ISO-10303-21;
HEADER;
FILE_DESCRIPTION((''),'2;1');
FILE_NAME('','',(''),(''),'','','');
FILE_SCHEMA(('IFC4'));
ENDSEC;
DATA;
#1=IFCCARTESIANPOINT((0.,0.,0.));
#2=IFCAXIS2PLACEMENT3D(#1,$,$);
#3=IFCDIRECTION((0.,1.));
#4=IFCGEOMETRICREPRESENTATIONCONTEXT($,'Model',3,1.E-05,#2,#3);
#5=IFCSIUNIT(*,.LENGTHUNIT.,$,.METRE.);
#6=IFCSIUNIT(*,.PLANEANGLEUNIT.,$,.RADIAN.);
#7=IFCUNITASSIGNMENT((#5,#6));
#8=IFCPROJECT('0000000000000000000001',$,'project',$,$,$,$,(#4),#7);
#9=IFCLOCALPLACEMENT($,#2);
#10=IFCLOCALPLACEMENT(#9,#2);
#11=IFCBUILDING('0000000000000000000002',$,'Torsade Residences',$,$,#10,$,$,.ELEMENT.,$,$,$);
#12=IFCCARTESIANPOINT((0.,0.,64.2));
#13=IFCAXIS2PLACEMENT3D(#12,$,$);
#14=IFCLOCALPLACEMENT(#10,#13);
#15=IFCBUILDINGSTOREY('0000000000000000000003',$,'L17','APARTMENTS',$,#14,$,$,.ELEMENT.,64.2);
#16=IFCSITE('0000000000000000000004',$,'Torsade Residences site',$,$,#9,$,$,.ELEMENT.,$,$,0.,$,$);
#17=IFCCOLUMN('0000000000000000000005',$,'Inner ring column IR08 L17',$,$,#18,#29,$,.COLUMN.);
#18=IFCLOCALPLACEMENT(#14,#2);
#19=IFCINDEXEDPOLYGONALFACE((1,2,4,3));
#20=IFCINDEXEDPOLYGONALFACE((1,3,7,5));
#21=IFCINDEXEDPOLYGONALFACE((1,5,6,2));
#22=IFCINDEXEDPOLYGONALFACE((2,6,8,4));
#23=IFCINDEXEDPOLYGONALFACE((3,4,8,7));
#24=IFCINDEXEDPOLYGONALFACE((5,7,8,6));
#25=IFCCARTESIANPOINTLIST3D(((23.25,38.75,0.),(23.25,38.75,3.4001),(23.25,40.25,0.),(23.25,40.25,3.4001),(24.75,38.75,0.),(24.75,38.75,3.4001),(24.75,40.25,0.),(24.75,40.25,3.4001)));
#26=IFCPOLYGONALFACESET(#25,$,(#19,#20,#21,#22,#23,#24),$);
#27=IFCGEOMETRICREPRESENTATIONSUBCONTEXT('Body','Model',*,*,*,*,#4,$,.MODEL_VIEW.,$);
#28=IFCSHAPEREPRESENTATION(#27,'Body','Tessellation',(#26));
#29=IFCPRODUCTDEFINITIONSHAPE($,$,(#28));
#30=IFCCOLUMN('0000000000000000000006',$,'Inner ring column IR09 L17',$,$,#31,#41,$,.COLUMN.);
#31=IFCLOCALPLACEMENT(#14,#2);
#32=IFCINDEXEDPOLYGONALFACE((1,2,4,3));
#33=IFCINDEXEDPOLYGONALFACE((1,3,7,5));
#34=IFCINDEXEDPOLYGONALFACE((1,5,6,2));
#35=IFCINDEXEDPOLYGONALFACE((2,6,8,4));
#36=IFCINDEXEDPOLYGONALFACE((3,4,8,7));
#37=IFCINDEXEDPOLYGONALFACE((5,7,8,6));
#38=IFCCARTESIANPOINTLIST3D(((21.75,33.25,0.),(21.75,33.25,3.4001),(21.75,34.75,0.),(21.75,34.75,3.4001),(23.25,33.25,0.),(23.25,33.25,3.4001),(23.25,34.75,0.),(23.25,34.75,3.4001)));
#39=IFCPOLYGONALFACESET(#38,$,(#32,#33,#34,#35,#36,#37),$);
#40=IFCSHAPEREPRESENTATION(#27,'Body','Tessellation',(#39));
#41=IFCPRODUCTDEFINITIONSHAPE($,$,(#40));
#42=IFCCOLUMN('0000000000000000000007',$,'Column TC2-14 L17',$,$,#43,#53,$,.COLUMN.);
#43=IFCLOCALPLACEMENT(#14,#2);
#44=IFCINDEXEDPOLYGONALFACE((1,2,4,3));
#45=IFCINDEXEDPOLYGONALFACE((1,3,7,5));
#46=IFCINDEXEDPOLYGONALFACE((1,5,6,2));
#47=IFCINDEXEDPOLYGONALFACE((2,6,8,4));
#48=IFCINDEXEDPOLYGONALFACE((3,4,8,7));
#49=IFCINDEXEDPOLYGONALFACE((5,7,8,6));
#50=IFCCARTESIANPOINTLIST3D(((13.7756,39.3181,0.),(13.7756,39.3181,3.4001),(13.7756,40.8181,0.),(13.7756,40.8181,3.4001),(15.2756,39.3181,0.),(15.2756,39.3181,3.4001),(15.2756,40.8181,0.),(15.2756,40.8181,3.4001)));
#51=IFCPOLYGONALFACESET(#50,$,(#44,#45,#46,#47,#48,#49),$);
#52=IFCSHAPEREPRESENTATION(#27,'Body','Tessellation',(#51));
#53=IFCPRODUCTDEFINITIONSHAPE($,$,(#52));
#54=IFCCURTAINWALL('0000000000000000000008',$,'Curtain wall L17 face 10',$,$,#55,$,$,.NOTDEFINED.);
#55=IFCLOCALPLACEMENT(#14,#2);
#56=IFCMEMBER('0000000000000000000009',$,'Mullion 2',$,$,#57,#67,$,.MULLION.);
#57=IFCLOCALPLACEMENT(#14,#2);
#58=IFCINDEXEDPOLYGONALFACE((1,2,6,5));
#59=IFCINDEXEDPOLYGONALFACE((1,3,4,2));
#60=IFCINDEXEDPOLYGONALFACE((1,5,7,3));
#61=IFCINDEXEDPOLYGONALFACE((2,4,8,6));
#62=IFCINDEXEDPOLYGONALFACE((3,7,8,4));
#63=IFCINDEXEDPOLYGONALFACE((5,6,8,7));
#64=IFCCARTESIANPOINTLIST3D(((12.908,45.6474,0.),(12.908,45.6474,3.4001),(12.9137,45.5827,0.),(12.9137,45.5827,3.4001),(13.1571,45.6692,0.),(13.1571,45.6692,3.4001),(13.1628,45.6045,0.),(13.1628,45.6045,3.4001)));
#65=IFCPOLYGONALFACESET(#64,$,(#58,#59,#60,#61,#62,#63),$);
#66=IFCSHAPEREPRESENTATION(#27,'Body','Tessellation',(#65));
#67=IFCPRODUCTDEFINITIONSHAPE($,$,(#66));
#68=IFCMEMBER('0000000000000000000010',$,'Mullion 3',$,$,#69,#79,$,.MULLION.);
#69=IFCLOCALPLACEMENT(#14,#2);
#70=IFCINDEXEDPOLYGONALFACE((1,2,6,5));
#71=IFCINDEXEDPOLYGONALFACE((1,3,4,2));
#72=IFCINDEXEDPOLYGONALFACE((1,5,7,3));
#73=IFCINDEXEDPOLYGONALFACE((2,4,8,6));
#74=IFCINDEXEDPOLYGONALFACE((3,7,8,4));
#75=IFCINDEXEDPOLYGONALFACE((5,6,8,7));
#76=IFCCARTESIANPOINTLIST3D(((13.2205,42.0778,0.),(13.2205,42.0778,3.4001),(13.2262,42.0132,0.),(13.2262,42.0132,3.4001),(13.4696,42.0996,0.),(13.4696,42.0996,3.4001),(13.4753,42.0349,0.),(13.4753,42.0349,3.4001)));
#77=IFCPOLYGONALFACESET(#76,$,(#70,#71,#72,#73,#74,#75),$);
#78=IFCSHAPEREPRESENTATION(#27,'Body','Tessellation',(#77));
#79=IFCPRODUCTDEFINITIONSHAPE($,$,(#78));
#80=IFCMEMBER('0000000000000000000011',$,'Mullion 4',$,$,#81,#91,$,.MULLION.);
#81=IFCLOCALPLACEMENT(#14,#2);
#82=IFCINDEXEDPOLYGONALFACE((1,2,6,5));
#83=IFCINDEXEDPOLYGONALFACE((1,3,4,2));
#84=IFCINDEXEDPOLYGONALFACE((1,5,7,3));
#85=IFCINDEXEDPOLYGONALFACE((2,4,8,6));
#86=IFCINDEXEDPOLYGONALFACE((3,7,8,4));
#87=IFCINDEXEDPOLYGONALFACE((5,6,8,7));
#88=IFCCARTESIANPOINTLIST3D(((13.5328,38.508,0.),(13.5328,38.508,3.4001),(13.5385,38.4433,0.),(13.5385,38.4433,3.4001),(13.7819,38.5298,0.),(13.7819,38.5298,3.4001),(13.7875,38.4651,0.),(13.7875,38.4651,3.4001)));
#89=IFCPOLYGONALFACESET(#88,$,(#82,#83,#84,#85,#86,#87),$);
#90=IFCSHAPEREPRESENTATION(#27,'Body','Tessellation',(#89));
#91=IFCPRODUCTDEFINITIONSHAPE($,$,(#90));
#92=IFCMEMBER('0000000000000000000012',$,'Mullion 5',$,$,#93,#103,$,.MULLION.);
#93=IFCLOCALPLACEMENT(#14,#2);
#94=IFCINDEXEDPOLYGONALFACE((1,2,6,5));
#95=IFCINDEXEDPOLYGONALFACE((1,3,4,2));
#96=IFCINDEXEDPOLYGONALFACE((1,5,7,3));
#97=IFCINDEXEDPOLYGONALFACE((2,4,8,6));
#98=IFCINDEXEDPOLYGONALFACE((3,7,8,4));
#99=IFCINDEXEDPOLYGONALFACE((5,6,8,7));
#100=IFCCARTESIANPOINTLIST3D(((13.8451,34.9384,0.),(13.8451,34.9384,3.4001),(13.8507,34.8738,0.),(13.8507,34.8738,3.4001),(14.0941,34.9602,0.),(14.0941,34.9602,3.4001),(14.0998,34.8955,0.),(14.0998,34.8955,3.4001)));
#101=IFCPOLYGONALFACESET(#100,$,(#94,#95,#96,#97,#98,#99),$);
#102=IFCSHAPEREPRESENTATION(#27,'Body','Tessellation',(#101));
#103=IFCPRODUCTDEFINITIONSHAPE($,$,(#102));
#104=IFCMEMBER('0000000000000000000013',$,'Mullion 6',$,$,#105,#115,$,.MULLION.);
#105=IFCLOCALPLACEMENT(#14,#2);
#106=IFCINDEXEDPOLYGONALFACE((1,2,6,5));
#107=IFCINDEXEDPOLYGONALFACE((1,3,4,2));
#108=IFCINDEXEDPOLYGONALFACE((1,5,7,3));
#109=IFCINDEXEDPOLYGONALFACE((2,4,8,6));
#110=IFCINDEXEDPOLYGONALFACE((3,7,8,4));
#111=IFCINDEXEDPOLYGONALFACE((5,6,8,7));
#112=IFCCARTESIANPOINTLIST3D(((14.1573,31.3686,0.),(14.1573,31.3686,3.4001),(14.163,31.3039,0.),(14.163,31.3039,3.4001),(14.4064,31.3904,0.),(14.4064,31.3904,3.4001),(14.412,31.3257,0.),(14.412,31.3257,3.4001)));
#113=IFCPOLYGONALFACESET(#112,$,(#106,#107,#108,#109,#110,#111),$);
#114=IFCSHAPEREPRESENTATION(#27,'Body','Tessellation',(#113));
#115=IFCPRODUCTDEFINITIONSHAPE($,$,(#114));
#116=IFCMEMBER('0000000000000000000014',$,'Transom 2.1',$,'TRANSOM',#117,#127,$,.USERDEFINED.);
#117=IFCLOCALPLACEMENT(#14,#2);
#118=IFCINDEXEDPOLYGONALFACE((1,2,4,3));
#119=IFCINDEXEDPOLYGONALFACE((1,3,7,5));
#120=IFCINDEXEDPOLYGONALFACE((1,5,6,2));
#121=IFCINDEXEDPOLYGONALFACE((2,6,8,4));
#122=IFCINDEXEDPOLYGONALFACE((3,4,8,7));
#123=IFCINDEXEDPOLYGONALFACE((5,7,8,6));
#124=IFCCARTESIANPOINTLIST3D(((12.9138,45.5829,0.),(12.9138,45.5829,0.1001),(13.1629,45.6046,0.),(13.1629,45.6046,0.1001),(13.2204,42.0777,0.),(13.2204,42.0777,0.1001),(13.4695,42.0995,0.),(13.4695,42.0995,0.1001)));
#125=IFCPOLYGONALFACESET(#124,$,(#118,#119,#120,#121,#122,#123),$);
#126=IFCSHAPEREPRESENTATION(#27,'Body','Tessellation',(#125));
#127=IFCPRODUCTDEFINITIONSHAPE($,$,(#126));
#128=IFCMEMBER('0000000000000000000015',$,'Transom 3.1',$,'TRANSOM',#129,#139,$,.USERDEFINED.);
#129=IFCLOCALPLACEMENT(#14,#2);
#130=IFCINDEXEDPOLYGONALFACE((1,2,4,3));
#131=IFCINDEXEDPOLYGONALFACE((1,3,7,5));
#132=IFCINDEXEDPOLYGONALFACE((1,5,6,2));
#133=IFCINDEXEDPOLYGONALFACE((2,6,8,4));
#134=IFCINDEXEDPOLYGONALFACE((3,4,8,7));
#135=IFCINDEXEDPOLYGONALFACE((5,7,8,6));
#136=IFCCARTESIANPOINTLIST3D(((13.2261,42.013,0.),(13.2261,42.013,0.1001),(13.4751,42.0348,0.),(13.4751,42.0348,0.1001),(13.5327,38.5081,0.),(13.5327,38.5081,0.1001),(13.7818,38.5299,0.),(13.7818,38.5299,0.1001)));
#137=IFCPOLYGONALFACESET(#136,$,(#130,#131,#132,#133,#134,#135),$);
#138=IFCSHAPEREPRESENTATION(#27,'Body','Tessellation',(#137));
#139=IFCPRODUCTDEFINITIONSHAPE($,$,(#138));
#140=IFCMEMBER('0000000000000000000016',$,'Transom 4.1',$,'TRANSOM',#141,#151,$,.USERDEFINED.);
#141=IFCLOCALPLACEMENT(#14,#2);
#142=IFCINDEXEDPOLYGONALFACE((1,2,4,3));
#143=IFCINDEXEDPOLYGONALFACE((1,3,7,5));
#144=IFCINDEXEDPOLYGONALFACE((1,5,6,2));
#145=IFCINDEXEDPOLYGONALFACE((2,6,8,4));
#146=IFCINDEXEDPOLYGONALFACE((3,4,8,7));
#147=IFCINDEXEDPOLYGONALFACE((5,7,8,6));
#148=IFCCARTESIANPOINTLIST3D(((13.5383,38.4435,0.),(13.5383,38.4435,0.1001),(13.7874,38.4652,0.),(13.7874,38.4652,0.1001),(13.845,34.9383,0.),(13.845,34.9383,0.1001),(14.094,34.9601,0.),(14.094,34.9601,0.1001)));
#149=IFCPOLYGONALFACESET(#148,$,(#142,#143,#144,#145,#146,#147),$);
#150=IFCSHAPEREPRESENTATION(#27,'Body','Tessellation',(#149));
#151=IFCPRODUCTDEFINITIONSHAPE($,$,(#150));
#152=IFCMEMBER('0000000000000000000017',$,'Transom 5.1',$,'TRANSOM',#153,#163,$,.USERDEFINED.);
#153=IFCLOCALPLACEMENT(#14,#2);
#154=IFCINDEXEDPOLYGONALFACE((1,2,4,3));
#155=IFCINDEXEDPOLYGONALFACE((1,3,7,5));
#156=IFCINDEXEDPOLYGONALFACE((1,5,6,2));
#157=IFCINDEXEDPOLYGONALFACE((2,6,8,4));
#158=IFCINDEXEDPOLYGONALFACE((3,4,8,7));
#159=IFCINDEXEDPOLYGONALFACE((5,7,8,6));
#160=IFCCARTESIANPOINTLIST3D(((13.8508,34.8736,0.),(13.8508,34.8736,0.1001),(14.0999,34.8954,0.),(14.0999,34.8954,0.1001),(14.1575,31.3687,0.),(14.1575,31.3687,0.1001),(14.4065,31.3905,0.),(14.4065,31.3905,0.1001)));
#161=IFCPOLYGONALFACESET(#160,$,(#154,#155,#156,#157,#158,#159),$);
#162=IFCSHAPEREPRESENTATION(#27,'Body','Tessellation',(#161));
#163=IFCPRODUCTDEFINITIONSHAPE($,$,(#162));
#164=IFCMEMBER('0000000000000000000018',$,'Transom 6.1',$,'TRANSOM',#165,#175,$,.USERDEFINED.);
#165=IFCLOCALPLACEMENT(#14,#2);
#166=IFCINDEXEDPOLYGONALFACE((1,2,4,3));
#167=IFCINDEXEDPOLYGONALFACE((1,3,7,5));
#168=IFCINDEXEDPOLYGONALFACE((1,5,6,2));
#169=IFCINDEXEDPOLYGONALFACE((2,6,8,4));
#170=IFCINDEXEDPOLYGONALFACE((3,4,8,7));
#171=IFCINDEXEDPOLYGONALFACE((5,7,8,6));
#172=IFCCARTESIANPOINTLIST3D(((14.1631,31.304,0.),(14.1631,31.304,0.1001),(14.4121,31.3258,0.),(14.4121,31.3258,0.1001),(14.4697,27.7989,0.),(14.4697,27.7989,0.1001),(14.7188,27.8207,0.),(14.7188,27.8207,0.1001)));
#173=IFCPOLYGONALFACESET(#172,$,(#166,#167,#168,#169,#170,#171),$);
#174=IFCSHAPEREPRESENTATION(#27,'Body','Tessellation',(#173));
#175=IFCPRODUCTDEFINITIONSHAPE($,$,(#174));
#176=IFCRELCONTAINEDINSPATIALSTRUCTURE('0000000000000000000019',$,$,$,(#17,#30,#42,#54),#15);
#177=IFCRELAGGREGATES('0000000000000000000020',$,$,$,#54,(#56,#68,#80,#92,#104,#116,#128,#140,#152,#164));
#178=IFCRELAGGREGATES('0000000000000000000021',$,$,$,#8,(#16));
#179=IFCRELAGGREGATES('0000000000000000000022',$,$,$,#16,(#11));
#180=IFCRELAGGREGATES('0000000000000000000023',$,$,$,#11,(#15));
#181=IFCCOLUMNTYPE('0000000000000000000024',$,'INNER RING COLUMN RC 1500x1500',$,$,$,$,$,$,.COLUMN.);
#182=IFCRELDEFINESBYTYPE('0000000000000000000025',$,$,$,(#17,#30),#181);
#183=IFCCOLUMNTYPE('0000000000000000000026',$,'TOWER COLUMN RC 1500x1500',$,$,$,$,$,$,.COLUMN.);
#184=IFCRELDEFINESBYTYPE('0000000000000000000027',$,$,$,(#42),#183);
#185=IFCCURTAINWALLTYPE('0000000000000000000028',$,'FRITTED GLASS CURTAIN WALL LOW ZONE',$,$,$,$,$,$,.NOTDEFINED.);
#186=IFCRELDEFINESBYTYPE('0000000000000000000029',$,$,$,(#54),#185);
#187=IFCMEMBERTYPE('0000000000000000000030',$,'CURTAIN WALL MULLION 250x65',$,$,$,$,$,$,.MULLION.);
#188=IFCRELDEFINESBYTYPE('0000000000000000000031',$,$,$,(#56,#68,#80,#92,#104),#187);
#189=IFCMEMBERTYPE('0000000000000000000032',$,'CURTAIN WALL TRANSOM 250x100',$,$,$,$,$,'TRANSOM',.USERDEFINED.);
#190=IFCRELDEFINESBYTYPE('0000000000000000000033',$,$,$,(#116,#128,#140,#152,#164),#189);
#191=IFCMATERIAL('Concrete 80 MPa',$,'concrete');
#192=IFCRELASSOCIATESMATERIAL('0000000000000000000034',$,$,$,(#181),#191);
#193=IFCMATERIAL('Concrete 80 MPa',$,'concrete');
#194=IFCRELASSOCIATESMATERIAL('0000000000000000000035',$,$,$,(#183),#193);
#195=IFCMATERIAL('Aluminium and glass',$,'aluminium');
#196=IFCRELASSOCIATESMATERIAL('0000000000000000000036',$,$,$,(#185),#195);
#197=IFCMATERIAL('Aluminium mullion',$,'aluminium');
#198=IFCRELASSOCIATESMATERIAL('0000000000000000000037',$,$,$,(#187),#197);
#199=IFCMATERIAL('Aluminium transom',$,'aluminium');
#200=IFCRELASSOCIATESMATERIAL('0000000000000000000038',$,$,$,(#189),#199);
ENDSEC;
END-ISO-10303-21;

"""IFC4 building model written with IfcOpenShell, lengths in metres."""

from ifc_helpers import new_model, si_unit, direction, frame, origin, origin_2d, place, context, subcontext, project, spatial, rectangle, extrude, material, material_profile, profile_set, type_object, element, aggregate, save


model = new_model("IFC4")

# Units and contexts
model_context = context("Model", 3, precision=1e-05, world=origin(), true_north=direction((0.0, 1.0)))
body_context = subcontext(model_context, "Body", "Model", "MODEL_VIEW")
ifc_project = project(units=[si_unit("LENGTHUNIT", "METRE"), si_unit("PLANEANGLEUNIT", "RADIAN")], contexts=[model_context])

# Site, building, storey
site_placement = place(None, origin())
site = spatial("IfcSite", under=ifc_project, at=site_placement, Name="Torsade Residences site", CompositionType="ELEMENT", RefElevation=0.0)
building_placement = place(site_placement, origin())
building = spatial("IfcBuilding", under=site, at=building_placement, Name="Torsade Residences", CompositionType="ELEMENT")
storey_placement = place(building_placement, frame((0.0, 0.0, 64.2)))
storey = spatial("IfcBuildingStorey", under=building, at=storey_placement, Name="L17", Description="APARTMENTS", CompositionType="ELEMENT", Elevation=64.2)

# Columns
ifc_material_1 = material(Name="Concrete 80 MPa", Category="concrete")
ifc_material_profile_1 = material_profile(ifc_material_1, rectangle(XDim=1.5, YDim=1.5, at=origin_2d()), Name="RC 1500x1500")
ifc_profile_set_1 = profile_set([ifc_material_profile_1], Name="Concrete 80 MPa")
column_type_1 = type_object("IfcColumnType", Name="INNER RING COLUMN RC 1500x1500", PredefinedType="COLUMN", material=ifc_profile_set_1)
for number, where, z_axis, x_axis, name in (
    (1, (24.0, 39.5, 0.0), (0.0, 0.0, 1.0), (1.0, 0.0, 0.0), "Inner ring column IR08 L17"),
    (2, (22.5, 34.0, 0.0), (0.0, 0.0, 1.0), (1.0, 0.0, 0.0), "Inner ring column IR09 L17"),
):
    element("IfcColumn", number, at=place(storey_placement, frame(where, z_axis=z_axis, x_axis=x_axis)), inside=storey, type_object=column_type_1, Name=name, PredefinedType="COLUMN", context=body_context, shape_type="SweptSolid", body=[
        extrude(rectangle(XDim=1.5, YDim=1.5, at=origin_2d()), origin(), (0.0, 0.0, 1.0), 3.4001),
    ])
ifc_material_2 = material(Name="Concrete 80 MPa", Category="concrete")
ifc_material_profile_2 = material_profile(ifc_material_2, rectangle(XDim=1.5, YDim=1.5, at=origin_2d()), Name="RC 1500x1500")
ifc_profile_set_2 = profile_set([ifc_material_profile_2], Name="Concrete 80 MPa")
column_type_2 = type_object("IfcColumnType", Name="TOWER COLUMN RC 1500x1500", PredefinedType="COLUMN", material=ifc_profile_set_2)
column_placement = place(storey_placement, frame((14.5256, 40.0681, 0.0), z_axis=(0.0, 0.0, 1.0), x_axis=(1.0, 0.0, 0.0)))
element("IfcColumn", 3, at=column_placement, inside=storey, type_object=column_type_2, Name="Column TC2-14 L17", PredefinedType="COLUMN", context=body_context, shape_type="SweptSolid", body=[
    extrude(rectangle(XDim=1.5, YDim=1.5, at=origin_2d()), origin(), (0.0, 0.0, 1.0), 3.4001),
])

# Curtain wall, members
ifc_material_3 = material(Name="Aluminium and glass", Category="aluminium")
curtain_wall_type = type_object("IfcCurtainWallType", Name="FRITTED GLASS CURTAIN WALL LOW ZONE", PredefinedType="NOTDEFINED", material=ifc_material_3)
curtain_wall_placement = place(storey_placement, origin())
curtain_wall = element("IfcCurtainWall", 4, at=curtain_wall_placement, inside=storey, type_object=curtain_wall_type, Name="Curtain wall L17 face 10", PredefinedType="NOTDEFINED")
ifc_material_4 = material(Name="Aluminium mullion", Category="aluminium")
ifc_material_profile_3 = material_profile(ifc_material_4, rectangle(XDim=0.25, YDim=0.0649, at=origin_2d()), Name="CURTAIN WALL MULLION 250x65")
ifc_profile_set_3 = profile_set([ifc_material_profile_3], Name="Aluminium mullion")
member_type_1 = type_object("IfcMemberType", Name="CURTAIN WALL MULLION 250x65", PredefinedType="MULLION", material=ifc_profile_set_3)
member_1_placement = place(storey_placement, frame((13.0354, 45.626, 0.0), z_axis=(0.0, 0.0, 1.0), x_axis=(0.996195, 0.087156, 0.0)))
member_1 = element("IfcMember", 5, at=member_1_placement, type_object=member_type_1, Name="Mullion 2", PredefinedType="MULLION", context=body_context, shape_type="SweptSolid", body=[
    extrude(rectangle(XDim=0.25, YDim=0.0649, at=origin_2d()), origin(), (0.0, 0.0, 1.0), 3.4001),
])
member_2_placement = place(storey_placement, frame((13.3479, 42.0564, 0.0), z_axis=(0.0, 0.0, 1.0), x_axis=(0.996195, 0.087156, 0.0)))
member_2 = element("IfcMember", 6, at=member_2_placement, type_object=member_type_1, Name="Mullion 3", PredefinedType="MULLION", context=body_context, shape_type="SweptSolid", body=[
    extrude(rectangle(XDim=0.25, YDim=0.0649, at=origin_2d()), origin(), (0.0, 0.0, 1.0), 3.4001),
])
member_3_placement = place(storey_placement, frame((13.6602, 38.4866, 0.0), z_axis=(0.0, 0.0, 1.0), x_axis=(0.996195, 0.087156, 0.0)))
member_3 = element("IfcMember", 7, at=member_3_placement, type_object=member_type_1, Name="Mullion 4", PredefinedType="MULLION", context=body_context, shape_type="SweptSolid", body=[
    extrude(rectangle(XDim=0.25, YDim=0.0649, at=origin_2d()), origin(), (0.0, 0.0, 1.0), 3.4001),
])
member_4_placement = place(storey_placement, frame((13.9724, 34.917, 0.0), z_axis=(0.0, 0.0, 1.0), x_axis=(0.996195, 0.087156, 0.0)))
member_4 = element("IfcMember", 8, at=member_4_placement, type_object=member_type_1, Name="Mullion 5", PredefinedType="MULLION", context=body_context, shape_type="SweptSolid", body=[
    extrude(rectangle(XDim=0.25, YDim=0.0649, at=origin_2d()), origin(), (0.0, 0.0, 1.0), 3.4001),
])
member_5_placement = place(storey_placement, frame((14.2847, 31.3472, 0.0), z_axis=(0.0, 0.0, 1.0), x_axis=(0.996195, 0.087156, 0.0)))
member_5 = element("IfcMember", 9, at=member_5_placement, type_object=member_type_1, Name="Mullion 6", PredefinedType="MULLION", context=body_context, shape_type="SweptSolid", body=[
    extrude(rectangle(XDim=0.25, YDim=0.0649, at=origin_2d()), origin(), (0.0, 0.0, 1.0), 3.4001),
])
ifc_material_5 = material(Name="Aluminium transom", Category="aluminium")
ifc_material_profile_4 = material_profile(ifc_material_5, rectangle(XDim=0.25, YDim=0.1001, at=origin_2d()), Name="CURTAIN WALL TRANSOM 250x100")
ifc_profile_set_4 = profile_set([ifc_material_profile_4], Name="Aluminium transom")
member_type_2 = type_object("IfcMemberType", Name="CURTAIN WALL TRANSOM 250x100", ElementType="TRANSOM", PredefinedType="USERDEFINED", material=ifc_profile_set_4)
member_6_placement = place(storey_placement, frame((13.0383, 45.5938, 0.05), z_axis=(0.087151, -0.996195, 0.0), x_axis=(0.996195, 0.087151, 0.0)))
member_6 = element("IfcMember", 10, at=member_6_placement, type_object=member_type_2, Name="Transom 2.1", ObjectType="TRANSOM", PredefinedType="USERDEFINED", context=body_context, shape_type="SweptSolid", body=[
    extrude(rectangle(XDim=0.25, YDim=0.1001, at=origin_2d()), origin(), (0.0, 0.0, 1.0), 3.5186),
])
member_7_placement = place(storey_placement, frame((13.3506, 42.0239, 0.05), z_axis=(0.087157, -0.996195, 0.0), x_axis=(0.996195, 0.087157, 0.0)))
member_7 = element("IfcMember", 11, at=member_7_placement, type_object=member_type_2, Name="Transom 3.1", ObjectType="TRANSOM", PredefinedType="USERDEFINED", context=body_context, shape_type="SweptSolid", body=[
    extrude(rectangle(XDim=0.25, YDim=0.1001, at=origin_2d()), origin(), (0.0, 0.0, 1.0), 3.5183),
])
member_8_placement = place(storey_placement, frame((13.6628, 38.4543, 0.05), z_axis=(0.087151, -0.996195, 0.0), x_axis=(0.996195, 0.087151, 0.0)))
member_8 = element("IfcMember", 12, at=member_8_placement, type_object=member_type_2, Name="Transom 4.1", ObjectType="TRANSOM", PredefinedType="USERDEFINED", context=body_context, shape_type="SweptSolid", body=[
    extrude(rectangle(XDim=0.25, YDim=0.1001, at=origin_2d()), origin(), (0.0, 0.0, 1.0), 3.5186),
])
member_9_placement = place(storey_placement, frame((13.9753, 34.8845, 0.05), z_axis=(0.087157, -0.996195, 0.0), x_axis=(0.996195, 0.087157, 0.0)))
member_9 = element("IfcMember", 13, at=member_9_placement, type_object=member_type_2, Name="Transom 5.1", ObjectType="TRANSOM", PredefinedType="USERDEFINED", context=body_context, shape_type="SweptSolid", body=[
    extrude(rectangle(XDim=0.25, YDim=0.1001, at=origin_2d()), origin(), (0.0, 0.0, 1.0), 3.5183),
])
member_10_placement = place(storey_placement, frame((14.2876, 31.3149, 0.05), z_axis=(0.087151, -0.996195, 0.0), x_axis=(0.996195, 0.087151, 0.0)))
member_10 = element("IfcMember", 14, at=member_10_placement, type_object=member_type_2, Name="Transom 6.1", ObjectType="TRANSOM", PredefinedType="USERDEFINED", context=body_context, shape_type="SweptSolid", body=[
    extrude(rectangle(XDim=0.25, YDim=0.1001, at=origin_2d()), origin(), (0.0, 0.0, 1.0), 3.5186),
])

aggregate(curtain_wall, [member_1, member_2, member_3, member_4, member_5, member_6, member_7, member_8, member_9, member_10])

save(model, "model.ifc")
